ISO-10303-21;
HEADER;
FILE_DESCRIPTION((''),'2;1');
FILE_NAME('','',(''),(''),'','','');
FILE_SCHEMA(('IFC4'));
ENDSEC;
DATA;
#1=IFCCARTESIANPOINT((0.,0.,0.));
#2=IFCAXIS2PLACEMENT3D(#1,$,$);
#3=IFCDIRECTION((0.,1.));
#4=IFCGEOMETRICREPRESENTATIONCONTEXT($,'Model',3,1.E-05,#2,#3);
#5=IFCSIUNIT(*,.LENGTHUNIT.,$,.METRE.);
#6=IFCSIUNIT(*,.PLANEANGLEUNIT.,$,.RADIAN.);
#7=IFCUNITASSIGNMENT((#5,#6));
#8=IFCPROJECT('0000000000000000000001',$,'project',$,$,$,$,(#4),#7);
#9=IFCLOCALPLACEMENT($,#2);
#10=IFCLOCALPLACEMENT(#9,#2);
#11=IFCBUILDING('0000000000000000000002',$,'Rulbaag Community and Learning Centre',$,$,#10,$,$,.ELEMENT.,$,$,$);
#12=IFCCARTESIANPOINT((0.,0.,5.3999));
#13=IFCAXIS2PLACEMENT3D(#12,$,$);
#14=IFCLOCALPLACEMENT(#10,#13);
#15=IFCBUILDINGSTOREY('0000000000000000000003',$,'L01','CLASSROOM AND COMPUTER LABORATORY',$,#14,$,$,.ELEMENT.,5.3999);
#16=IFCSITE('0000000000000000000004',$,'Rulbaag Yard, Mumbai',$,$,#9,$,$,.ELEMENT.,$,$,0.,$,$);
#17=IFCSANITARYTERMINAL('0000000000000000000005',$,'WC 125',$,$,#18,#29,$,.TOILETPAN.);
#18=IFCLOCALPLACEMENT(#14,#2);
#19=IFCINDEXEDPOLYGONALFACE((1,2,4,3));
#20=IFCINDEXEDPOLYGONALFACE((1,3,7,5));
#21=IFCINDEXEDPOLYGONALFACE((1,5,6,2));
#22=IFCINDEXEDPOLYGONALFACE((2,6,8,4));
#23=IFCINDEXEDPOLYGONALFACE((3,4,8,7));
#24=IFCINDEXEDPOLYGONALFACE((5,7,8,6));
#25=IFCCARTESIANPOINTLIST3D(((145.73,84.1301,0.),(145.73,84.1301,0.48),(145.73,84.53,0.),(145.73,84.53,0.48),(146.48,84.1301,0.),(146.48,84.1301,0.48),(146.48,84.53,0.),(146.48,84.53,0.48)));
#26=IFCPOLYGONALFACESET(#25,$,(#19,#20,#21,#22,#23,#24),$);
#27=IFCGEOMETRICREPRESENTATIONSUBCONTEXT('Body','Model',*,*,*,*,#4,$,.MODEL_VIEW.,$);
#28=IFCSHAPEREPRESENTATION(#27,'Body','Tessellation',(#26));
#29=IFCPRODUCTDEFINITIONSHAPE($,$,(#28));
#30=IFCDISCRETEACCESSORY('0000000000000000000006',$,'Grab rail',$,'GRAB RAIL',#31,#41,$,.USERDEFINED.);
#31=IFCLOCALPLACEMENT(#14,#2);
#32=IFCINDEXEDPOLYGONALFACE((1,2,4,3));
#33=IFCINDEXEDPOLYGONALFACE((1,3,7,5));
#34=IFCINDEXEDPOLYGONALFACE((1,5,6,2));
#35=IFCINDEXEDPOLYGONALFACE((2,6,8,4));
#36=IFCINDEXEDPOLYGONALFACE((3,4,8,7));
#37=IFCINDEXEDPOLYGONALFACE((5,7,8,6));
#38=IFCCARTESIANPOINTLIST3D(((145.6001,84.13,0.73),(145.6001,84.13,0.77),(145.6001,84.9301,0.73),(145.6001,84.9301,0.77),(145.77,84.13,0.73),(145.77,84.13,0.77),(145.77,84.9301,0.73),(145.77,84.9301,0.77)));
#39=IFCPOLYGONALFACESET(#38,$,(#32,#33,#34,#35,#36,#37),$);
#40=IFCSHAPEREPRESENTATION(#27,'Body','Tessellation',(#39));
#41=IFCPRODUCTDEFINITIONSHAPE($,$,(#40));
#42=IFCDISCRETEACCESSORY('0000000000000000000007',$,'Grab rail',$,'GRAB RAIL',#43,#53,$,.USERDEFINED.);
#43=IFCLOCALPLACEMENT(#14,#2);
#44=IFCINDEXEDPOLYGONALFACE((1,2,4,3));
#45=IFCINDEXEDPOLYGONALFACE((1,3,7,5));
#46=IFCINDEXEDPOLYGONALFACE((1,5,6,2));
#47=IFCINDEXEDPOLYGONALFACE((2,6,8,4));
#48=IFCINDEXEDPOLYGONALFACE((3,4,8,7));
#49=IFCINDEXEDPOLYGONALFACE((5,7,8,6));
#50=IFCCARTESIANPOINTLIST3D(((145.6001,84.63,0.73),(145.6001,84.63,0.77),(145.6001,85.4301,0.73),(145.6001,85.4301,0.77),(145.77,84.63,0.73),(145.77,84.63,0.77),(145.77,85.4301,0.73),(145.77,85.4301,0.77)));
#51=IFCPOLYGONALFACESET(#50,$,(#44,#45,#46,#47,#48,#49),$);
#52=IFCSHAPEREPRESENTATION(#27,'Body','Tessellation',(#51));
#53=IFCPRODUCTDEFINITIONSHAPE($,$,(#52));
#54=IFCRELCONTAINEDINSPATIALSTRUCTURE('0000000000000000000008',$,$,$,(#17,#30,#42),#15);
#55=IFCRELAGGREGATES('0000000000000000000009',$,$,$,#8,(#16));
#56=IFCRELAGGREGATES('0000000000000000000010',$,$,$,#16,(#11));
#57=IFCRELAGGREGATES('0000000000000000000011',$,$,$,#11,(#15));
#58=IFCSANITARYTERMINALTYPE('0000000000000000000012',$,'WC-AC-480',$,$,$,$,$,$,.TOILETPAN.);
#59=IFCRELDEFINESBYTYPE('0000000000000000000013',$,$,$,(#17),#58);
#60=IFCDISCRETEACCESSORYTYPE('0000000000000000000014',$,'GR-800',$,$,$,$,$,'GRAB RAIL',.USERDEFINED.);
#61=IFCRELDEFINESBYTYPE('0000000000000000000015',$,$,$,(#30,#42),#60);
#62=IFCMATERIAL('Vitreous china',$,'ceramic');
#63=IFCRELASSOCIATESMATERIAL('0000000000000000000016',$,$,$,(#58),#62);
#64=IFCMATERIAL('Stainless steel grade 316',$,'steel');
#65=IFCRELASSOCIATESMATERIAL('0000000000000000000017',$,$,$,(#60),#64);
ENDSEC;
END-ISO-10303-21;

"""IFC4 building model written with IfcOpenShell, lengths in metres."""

from ifc_helpers import new_model, si_unit, direction, frame, origin, origin_2d, place, context, subcontext, project, spatial, rectangle, extrude, material, type_object, element, save


model = new_model("IFC4")

# Units and contexts
model_context = context("Model", 3, precision=1e-05, world=origin(), true_north=direction((0.0, 1.0)))
body_context = subcontext(model_context, "Body", "Model", "MODEL_VIEW")
ifc_project = project(units=[si_unit("LENGTHUNIT", "METRE"), si_unit("PLANEANGLEUNIT", "RADIAN")], contexts=[model_context])

# Site, building, storey
site_placement = place(None, origin())
site = spatial("IfcSite", under=ifc_project, at=site_placement, Name="Rulbaag Yard, Mumbai", CompositionType="ELEMENT", RefElevation=0.0)
building_placement = place(site_placement, origin())
building = spatial("IfcBuilding", under=site, at=building_placement, Name="Rulbaag Community and Learning Centre", CompositionType="ELEMENT")
storey_placement = place(building_placement, frame((0.0, 0.0, 5.3999)))
storey = spatial("IfcBuildingStorey", under=building, at=storey_placement, Name="L01", Description="CLASSROOM AND COMPUTER LABORATORY", CompositionType="ELEMENT", Elevation=5.3999)

# Sanitary terminal
ifc_material_1 = material(Name="Vitreous china", Category="ceramic")
sanitary_terminal_type_1 = type_object("IfcSanitaryTerminalType", Name="WC-AC-480", PredefinedType="TOILETPAN", material=ifc_material_1)
sanitary_terminal_1_placement = place(storey_placement, frame((146.105, 84.3301, 0.0), z_axis=(0.0, 0.0, 1.0), x_axis=(1.0, 0.0, 0.0)))
element("IfcSanitaryTerminal", 1, at=sanitary_terminal_1_placement, inside=storey, type_object=sanitary_terminal_type_1, Name="WC 125", PredefinedType="TOILETPAN", context=body_context, shape_type="SweptSolid", body=[
    extrude(rectangle(XDim=0.75, YDim=0.3999, at=origin_2d()), origin(), (0.0, 0.0, 1.0), 0.48),
])

# Discrete accessories
ifc_material_2 = material(Name="Stainless steel grade 316", Category="steel")
discrete_accessory_type = type_object("IfcDiscreteAccessoryType", Name="GR-800", ElementType="GRAB RAIL", PredefinedType="USERDEFINED", material=ifc_material_2)
for number, where, z_axis, x_axis, name in (
    (2, (145.6851, 84.53, 0.73), (0.0, 0.0, 1.0), (1.0, 0.0, 0.0), "Grab rail"),
    (3, (145.6851, 85.03, 0.73), (0.0, 0.0, 1.0), (1.0, 0.0, 0.0), "Grab rail"),
):
    element("IfcDiscreteAccessory", number, at=place(storey_placement, frame(where, z_axis=z_axis, x_axis=x_axis)), inside=storey, type_object=discrete_accessory_type, Name=name, ObjectType="GRAB RAIL", PredefinedType="USERDEFINED", context=body_context, shape_type="SweptSolid", body=[
        extrude(rectangle(XDim=0.1699, YDim=0.8, at=origin_2d()), origin(), (0.0, 0.0, 1.0), 0.04),
    ])

save(model, "model.ifc")
